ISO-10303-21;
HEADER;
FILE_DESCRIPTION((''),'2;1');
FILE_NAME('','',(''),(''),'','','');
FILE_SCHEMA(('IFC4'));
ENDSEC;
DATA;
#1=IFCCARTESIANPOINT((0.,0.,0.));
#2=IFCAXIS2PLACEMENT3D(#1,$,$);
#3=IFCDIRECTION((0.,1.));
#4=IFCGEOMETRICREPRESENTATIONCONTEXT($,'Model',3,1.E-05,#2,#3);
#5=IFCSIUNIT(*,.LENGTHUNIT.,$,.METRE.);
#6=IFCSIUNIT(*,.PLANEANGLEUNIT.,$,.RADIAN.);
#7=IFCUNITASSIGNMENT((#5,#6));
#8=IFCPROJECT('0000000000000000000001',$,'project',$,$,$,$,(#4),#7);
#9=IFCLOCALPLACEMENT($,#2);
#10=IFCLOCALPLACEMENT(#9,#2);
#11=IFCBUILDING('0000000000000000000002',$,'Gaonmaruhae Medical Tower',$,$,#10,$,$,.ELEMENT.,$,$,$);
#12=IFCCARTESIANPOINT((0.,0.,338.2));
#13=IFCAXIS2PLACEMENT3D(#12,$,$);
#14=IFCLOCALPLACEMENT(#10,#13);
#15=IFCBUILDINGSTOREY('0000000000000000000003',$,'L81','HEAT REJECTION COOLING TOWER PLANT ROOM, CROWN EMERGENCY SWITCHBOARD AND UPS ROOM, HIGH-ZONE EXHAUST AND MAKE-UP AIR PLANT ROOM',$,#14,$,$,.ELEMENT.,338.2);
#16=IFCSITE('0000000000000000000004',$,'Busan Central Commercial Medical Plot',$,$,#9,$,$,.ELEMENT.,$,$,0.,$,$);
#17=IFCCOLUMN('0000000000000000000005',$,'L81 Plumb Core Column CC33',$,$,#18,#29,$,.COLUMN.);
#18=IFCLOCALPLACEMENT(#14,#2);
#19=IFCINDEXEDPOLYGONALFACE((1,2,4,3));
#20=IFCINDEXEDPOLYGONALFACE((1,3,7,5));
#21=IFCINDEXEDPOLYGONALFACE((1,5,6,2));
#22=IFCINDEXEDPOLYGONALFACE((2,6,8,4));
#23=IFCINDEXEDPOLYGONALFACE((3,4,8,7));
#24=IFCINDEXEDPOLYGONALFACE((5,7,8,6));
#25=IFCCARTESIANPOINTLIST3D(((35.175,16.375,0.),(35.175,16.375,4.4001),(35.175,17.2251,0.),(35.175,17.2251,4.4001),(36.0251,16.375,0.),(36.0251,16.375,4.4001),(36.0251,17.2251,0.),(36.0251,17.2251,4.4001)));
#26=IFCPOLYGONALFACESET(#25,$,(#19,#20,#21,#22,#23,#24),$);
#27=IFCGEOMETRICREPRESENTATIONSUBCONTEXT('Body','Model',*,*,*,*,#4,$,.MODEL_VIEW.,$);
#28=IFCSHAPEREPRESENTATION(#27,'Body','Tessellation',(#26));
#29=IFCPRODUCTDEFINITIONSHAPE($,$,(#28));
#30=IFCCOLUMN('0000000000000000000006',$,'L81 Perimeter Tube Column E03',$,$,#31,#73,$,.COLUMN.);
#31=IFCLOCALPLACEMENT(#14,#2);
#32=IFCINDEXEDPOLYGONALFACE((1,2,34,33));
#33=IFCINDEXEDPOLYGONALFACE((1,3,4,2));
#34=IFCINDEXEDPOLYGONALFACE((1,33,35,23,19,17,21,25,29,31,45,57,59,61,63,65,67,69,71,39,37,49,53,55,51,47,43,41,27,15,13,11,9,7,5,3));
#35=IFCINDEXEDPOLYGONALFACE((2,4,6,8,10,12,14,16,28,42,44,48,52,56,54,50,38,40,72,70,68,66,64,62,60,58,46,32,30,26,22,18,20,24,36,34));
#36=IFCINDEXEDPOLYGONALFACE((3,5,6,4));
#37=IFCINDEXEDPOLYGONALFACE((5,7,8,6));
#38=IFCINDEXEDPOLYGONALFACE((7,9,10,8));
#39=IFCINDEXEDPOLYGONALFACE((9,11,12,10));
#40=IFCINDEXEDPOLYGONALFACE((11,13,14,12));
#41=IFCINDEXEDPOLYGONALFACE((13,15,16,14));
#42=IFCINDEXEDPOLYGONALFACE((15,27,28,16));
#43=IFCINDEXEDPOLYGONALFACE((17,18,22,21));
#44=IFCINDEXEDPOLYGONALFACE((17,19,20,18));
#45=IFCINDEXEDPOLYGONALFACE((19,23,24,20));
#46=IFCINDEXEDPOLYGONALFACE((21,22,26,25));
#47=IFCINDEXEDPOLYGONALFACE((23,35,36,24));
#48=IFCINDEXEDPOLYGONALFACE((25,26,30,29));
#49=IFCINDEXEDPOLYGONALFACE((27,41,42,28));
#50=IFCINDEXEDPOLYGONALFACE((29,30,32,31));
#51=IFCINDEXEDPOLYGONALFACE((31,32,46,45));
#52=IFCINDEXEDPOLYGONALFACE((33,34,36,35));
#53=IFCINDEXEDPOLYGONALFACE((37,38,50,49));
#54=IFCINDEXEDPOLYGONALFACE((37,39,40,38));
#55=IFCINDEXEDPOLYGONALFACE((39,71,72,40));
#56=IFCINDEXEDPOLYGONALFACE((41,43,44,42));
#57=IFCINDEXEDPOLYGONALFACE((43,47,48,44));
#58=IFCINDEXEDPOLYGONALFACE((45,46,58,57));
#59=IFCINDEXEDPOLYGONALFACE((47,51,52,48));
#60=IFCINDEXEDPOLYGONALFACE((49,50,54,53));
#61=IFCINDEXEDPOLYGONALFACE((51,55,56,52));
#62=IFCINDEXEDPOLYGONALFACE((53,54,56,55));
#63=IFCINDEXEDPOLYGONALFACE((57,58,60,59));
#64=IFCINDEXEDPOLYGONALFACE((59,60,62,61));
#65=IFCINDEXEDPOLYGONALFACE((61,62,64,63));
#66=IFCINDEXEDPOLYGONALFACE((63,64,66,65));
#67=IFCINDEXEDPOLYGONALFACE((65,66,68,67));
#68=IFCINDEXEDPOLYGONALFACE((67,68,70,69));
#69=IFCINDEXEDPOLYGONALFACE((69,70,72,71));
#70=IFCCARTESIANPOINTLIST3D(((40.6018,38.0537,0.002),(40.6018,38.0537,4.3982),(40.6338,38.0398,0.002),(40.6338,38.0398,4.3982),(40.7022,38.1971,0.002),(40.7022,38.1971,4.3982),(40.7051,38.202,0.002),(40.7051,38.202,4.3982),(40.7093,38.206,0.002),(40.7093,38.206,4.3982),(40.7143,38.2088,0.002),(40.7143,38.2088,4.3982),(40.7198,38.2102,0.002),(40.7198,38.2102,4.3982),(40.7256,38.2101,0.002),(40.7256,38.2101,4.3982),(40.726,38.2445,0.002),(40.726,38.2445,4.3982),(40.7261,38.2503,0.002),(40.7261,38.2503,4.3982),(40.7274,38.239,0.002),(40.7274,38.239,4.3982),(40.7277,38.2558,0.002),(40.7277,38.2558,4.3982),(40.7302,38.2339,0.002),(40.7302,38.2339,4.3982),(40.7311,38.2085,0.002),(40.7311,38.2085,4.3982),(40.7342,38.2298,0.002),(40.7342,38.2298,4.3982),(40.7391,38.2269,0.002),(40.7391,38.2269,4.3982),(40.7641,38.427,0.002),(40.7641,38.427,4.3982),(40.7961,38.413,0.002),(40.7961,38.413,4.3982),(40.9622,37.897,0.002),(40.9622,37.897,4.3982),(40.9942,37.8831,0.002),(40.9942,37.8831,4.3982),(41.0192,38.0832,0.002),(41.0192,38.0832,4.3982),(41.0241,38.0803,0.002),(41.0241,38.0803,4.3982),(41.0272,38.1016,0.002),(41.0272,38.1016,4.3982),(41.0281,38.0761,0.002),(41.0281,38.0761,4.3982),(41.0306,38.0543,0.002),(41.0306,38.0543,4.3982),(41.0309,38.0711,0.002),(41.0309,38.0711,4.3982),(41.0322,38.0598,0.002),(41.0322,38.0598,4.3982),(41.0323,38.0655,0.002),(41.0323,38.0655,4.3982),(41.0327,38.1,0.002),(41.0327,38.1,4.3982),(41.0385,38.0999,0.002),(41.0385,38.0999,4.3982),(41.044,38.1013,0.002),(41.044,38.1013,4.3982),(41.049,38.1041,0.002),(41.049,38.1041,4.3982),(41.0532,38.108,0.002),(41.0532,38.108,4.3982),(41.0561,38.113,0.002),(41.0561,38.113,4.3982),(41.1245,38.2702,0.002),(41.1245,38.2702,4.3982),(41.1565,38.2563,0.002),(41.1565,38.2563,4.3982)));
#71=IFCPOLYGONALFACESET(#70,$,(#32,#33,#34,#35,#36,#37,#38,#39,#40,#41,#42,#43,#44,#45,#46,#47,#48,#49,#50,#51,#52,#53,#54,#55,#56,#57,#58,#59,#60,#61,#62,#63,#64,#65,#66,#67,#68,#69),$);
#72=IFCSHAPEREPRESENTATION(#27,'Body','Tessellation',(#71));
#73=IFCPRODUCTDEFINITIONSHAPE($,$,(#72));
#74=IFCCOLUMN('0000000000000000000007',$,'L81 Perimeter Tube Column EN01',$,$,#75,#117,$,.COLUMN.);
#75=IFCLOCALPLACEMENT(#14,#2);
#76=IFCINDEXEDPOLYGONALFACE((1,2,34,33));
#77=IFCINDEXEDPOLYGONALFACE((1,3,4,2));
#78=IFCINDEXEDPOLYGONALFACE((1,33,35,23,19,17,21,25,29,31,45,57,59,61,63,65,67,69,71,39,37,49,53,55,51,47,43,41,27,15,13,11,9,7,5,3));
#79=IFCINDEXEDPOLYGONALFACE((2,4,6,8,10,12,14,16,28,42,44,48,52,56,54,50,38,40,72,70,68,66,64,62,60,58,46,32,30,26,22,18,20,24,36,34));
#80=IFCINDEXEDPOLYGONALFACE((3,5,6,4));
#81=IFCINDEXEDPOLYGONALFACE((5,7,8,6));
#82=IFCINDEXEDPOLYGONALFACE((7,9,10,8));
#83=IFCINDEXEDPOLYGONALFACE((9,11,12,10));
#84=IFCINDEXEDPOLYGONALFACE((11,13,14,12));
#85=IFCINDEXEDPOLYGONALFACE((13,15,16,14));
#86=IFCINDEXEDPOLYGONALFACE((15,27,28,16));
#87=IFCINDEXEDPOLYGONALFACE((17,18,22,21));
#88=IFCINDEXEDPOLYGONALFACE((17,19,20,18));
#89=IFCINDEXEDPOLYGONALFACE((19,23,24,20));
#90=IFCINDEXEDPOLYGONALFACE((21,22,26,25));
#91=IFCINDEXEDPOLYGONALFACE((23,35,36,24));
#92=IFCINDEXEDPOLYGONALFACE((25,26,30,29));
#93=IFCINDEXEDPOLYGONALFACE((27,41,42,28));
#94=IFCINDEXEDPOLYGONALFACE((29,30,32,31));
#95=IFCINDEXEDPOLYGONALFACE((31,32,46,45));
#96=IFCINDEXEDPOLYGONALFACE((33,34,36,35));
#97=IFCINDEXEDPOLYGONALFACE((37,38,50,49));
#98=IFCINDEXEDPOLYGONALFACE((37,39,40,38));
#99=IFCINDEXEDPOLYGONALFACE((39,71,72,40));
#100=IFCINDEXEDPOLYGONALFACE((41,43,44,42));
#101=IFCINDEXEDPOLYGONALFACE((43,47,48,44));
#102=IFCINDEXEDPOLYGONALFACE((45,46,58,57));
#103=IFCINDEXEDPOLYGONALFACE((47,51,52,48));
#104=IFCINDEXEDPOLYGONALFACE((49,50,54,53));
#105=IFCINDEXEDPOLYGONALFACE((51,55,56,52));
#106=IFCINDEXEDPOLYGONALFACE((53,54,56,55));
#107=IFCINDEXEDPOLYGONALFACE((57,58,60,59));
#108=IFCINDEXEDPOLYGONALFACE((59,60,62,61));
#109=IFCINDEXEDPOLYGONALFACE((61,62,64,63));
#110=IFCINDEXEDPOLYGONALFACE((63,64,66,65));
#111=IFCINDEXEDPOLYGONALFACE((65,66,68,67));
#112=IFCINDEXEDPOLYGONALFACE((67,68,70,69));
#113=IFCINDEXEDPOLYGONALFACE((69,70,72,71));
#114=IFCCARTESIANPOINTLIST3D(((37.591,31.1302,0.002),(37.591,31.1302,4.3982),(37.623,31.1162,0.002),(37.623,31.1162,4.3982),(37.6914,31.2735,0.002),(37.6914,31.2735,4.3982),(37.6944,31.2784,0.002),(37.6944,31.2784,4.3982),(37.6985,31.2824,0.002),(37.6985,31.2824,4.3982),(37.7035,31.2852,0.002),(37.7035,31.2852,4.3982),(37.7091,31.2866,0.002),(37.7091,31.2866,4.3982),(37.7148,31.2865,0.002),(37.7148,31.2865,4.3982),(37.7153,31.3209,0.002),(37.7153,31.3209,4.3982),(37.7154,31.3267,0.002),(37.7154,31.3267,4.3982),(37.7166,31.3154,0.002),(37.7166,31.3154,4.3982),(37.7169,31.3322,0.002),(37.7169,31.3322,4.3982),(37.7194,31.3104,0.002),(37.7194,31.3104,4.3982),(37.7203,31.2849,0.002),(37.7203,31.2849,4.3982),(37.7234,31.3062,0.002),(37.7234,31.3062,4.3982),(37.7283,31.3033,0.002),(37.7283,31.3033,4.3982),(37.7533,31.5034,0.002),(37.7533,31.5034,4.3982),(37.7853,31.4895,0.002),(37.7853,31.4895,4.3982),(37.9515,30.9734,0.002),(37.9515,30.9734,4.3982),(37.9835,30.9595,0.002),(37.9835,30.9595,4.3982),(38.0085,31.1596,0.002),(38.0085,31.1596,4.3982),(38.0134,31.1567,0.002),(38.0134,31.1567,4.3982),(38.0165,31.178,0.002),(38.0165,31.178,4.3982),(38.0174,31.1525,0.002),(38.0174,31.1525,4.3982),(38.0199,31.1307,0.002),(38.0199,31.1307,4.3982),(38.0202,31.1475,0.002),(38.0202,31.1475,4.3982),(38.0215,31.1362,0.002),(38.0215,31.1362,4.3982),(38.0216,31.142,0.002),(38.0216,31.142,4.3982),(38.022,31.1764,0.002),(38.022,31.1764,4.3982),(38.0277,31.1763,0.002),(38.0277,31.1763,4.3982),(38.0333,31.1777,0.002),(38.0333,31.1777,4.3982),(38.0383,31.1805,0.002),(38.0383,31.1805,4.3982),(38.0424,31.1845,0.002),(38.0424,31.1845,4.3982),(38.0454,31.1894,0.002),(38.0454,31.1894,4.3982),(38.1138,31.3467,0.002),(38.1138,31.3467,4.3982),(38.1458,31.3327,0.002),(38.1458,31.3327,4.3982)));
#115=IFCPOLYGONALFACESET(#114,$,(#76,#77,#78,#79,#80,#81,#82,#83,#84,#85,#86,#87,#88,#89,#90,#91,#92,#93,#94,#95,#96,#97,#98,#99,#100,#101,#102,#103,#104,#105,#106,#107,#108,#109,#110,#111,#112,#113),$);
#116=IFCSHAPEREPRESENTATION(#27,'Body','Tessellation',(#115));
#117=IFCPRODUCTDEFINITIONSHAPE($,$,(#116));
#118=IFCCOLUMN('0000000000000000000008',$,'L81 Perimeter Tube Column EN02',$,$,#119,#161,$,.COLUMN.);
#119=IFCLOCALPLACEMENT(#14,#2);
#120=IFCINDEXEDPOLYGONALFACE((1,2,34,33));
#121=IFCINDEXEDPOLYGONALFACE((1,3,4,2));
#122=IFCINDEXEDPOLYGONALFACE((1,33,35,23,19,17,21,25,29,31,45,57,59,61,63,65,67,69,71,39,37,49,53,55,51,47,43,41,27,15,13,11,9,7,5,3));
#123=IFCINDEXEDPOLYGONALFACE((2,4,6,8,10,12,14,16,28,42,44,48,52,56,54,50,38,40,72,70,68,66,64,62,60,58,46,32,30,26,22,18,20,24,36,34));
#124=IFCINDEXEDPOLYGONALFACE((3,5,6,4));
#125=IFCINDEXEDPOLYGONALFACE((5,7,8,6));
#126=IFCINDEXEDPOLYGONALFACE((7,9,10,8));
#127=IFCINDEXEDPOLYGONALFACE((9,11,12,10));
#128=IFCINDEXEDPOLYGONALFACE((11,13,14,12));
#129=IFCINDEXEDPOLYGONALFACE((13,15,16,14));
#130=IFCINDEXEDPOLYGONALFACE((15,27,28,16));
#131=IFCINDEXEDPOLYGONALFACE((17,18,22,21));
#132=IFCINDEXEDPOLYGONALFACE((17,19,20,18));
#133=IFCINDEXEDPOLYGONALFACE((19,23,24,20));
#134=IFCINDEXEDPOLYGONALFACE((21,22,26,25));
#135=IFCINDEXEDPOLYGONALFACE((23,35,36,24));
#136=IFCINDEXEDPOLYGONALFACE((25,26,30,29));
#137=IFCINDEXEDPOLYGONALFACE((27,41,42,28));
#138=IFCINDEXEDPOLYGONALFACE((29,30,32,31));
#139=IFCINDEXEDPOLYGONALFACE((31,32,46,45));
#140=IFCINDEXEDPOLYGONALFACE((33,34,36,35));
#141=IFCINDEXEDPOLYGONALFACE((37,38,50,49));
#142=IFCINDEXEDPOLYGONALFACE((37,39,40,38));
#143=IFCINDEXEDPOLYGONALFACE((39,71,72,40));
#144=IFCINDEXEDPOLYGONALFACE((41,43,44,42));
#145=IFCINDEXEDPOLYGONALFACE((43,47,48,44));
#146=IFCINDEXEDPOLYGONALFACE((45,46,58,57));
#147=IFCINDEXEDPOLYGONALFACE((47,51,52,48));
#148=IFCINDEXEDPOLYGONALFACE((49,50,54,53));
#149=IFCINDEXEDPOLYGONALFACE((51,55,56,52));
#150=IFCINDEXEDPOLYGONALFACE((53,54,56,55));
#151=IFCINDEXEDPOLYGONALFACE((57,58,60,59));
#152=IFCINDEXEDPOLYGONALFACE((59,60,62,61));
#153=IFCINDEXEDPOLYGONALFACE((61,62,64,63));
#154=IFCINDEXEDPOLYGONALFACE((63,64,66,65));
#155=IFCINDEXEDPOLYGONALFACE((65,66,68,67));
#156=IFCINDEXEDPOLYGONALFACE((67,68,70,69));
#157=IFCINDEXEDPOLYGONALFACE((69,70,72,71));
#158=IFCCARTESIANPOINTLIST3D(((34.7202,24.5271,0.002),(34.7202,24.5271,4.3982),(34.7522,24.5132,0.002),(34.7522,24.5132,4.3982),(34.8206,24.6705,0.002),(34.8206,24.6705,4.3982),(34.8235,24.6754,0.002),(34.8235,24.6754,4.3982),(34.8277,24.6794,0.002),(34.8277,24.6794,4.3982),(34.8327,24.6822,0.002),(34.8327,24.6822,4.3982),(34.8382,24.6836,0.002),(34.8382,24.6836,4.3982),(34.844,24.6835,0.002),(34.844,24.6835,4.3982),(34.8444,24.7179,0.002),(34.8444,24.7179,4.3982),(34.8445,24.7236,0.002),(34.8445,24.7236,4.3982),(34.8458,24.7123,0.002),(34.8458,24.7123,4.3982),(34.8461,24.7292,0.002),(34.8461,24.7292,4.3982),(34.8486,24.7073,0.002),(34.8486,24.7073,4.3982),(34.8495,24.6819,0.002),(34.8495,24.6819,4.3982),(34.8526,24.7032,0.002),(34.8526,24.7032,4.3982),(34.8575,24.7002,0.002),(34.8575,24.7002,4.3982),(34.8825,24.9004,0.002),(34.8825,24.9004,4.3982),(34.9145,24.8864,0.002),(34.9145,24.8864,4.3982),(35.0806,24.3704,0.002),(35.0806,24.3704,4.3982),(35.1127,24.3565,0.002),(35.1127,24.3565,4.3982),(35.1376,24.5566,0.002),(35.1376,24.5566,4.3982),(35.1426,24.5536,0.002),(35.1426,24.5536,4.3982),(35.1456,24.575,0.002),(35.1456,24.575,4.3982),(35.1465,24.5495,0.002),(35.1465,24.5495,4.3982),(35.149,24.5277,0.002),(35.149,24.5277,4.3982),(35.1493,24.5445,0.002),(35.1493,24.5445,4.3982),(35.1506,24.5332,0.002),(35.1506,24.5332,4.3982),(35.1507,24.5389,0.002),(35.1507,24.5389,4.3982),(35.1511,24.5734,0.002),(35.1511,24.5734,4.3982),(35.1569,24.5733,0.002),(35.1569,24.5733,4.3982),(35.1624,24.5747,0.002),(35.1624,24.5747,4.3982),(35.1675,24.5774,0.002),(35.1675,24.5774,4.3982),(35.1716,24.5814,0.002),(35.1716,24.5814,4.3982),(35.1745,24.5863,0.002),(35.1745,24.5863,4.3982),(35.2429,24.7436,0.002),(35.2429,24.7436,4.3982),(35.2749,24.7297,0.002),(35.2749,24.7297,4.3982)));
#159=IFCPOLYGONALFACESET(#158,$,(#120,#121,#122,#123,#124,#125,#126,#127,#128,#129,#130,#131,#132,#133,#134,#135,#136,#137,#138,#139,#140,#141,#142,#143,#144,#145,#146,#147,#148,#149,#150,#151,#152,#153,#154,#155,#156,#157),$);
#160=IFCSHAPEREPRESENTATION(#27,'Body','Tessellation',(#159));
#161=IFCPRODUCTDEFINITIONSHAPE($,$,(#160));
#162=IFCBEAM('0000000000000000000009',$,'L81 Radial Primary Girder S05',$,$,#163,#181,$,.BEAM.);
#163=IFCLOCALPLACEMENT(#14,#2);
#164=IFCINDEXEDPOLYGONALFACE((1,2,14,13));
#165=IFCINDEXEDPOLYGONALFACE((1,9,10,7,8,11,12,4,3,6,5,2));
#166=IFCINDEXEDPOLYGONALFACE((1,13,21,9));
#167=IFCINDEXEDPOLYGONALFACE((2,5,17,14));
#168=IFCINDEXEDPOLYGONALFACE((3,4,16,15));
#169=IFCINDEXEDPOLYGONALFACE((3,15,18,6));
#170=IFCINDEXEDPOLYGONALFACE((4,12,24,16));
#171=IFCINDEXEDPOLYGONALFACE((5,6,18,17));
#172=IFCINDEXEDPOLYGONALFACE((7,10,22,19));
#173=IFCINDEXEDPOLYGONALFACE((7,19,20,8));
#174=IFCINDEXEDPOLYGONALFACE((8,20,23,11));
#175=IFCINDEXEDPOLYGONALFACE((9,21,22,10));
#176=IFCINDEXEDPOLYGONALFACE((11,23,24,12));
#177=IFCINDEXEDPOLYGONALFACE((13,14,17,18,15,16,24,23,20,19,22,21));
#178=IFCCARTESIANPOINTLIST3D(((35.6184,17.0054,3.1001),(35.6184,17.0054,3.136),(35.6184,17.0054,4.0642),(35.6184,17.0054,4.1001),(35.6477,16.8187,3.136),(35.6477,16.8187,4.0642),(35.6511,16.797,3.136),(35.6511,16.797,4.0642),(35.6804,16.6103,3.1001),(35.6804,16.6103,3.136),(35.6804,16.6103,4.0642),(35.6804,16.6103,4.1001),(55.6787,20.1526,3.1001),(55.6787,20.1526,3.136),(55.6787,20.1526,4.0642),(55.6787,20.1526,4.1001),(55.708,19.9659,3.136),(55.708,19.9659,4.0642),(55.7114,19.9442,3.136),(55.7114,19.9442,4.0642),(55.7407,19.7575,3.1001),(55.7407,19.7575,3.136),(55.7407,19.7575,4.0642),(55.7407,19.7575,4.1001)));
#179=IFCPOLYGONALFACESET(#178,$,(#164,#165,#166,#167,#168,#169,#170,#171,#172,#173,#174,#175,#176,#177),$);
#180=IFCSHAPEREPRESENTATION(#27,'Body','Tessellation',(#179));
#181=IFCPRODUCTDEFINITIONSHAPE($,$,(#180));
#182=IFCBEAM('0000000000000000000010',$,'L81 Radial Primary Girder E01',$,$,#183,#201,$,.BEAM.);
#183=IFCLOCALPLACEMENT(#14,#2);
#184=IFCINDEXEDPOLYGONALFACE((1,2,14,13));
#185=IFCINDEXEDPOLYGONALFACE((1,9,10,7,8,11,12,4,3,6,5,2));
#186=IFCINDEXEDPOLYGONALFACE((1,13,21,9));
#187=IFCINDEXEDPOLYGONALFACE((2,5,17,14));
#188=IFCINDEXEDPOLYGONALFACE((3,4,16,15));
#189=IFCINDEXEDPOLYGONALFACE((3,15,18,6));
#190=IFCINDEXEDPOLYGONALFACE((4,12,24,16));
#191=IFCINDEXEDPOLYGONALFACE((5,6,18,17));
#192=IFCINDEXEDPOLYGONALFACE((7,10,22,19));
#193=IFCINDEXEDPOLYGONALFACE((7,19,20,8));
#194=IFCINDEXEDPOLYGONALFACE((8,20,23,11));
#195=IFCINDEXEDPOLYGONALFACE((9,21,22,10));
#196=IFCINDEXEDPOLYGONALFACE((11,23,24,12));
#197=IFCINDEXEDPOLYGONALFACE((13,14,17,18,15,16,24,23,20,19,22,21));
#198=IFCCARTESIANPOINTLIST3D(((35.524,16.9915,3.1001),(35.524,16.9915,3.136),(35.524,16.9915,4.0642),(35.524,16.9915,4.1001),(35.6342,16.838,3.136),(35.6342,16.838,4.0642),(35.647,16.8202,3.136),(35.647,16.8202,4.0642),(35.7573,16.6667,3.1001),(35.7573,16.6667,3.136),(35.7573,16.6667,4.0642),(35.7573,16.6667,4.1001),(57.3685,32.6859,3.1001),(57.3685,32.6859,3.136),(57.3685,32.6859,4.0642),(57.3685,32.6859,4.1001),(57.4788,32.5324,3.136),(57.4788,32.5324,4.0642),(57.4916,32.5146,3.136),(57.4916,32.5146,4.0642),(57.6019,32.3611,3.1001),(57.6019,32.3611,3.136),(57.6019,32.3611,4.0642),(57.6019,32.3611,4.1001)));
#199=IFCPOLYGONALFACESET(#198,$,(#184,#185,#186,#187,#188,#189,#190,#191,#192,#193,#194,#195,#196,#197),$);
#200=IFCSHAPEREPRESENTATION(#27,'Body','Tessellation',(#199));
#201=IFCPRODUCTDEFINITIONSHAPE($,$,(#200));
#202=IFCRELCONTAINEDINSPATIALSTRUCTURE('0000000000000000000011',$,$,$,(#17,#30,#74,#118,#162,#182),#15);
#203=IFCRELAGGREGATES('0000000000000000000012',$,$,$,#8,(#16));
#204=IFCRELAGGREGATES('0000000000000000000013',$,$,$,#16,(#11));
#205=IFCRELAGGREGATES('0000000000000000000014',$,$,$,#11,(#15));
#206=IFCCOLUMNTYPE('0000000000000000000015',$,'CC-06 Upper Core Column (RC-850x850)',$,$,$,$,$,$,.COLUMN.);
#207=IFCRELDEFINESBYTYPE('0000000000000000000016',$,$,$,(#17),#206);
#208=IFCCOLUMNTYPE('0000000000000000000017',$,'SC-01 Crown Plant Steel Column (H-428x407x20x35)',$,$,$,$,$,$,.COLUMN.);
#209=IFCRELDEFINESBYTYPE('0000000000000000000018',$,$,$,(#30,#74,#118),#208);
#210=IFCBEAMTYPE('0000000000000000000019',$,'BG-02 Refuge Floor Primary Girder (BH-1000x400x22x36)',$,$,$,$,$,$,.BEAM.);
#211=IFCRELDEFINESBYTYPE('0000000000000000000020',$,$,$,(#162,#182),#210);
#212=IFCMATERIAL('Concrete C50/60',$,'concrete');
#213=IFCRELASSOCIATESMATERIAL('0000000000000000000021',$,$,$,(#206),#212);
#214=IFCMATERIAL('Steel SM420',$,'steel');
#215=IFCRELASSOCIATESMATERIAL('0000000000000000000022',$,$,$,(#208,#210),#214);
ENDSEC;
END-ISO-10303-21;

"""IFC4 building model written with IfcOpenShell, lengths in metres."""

from ifc_helpers import new_model, si_unit, direction, frame, origin, origin_2d, place, context, subcontext, project, spatial, rectangle, i_section, extrude, material, material_profile, profile_set, type_object, element, save


model = new_model("IFC4")

# Units and contexts
model_context = context("Model", 3, precision=1e-05, world=origin(), true_north=direction((0.0, 1.0)))
body_context = subcontext(model_context, "Body", "Model", "MODEL_VIEW")
ifc_project = project(units=[si_unit("LENGTHUNIT", "METRE"), si_unit("PLANEANGLEUNIT", "RADIAN")], contexts=[model_context])

# Site, building, storey
site_placement = place(None, origin())
site = spatial("IfcSite", under=ifc_project, at=site_placement, Name="Busan Central Commercial Medical Plot", CompositionType="ELEMENT", RefElevation=0.0)
building_placement = place(site_placement, origin())
building = spatial("IfcBuilding", under=site, at=building_placement, Name="Gaonmaruhae Medical Tower", CompositionType="ELEMENT")
storey_placement = place(building_placement, frame((0.0, 0.0, 338.2)))
storey = spatial("IfcBuildingStorey", under=building, at=storey_placement, Name="L81", Description="HEAT REJECTION COOLING TOWER PLANT ROOM, CROWN EMERGENCY SWITCHBOARD AND UPS ROOM, HIGH-ZONE EXHAUST AND MAKE-UP AIR PLANT ROOM", CompositionType="ELEMENT", Elevation=338.2)

# Columns
ifc_material_1 = material(Name="Concrete C50/60", Category="concrete")
ifc_material_profile_1 = material_profile(ifc_material_1, rectangle(XDim=0.8501, YDim=0.8501, at=origin_2d()), Name="RC-850x850")
ifc_profile_set_1 = profile_set([ifc_material_profile_1], Name="Concrete C50/60")
column_type_1 = type_object("IfcColumnType", Name="CC-06 Upper Core Column (RC-850x850)", PredefinedType="COLUMN", material=ifc_profile_set_1)
column_placement = place(storey_placement, frame((35.6001, 16.8, 0.0), z_axis=(0.0, 0.0, 1.0), x_axis=(1.0, 0.0, 0.0)))
element("IfcColumn", 1, at=column_placement, inside=storey, type_object=column_type_1, Name="L81 Plumb Core Column CC33", PredefinedType="COLUMN", context=body_context, shape_type="SweptSolid", body=[
    extrude(rectangle(XDim=0.8501, YDim=0.8501, at=origin_2d()), origin(), (0.0, 0.0, 1.0), 4.4001),
])
ifc_material_2 = material(Name="Steel SM420", Category="steel")
ifc_material_profile_2 = material_profile(ifc_material_2, i_section(OverallWidth=0.407, OverallDepth=0.428, WebThickness=0.02, FlangeThickness=0.0349, FilletRadius=0.022, at=origin_2d()), Name="H-428x407x20x35")
ifc_profile_set_2 = profile_set([ifc_material_profile_2], Name="Steel SM420")
column_type_2 = type_object("IfcColumnType", Name="SC-01 Crown Plant Steel Column (H-428x407x20x35)", PredefinedType="COLUMN", material=ifc_profile_set_2)
for number, where, z_axis, x_axis, name in (
    (2, (40.8792, 38.155, 0.002), (0.0, 0.0, 1.0), (0.398749, 0.91706, 0.0), "L81 Perimeter Tube Column E03"),
    (3, (37.8684, 31.2314, 0.002), (0.0, 0.0, 1.0), (0.398749, 0.91706, 0.0), "L81 Perimeter Tube Column EN01"),
    (4, (34.9976, 24.6284, 0.002), (0.0, 0.0, 1.0), (0.398749, 0.91706, 0.0), "L81 Perimeter Tube Column EN02"),
):
    element("IfcColumn", number, at=place(storey_placement, frame(where, z_axis=z_axis, x_axis=x_axis)), inside=storey, type_object=column_type_2, Name=name, PredefinedType="COLUMN", context=body_context, shape_type="SweptSolid", body=[
        extrude(i_section(OverallWidth=0.407, OverallDepth=0.428, WebThickness=0.02, FlangeThickness=0.0349, FilletRadius=0.022, at=origin_2d()), origin(), (0.0, 0.0, 1.0), 4.3962),
    ])

# Beams
ifc_material_profile_3 = material_profile(ifc_material_2, i_section(OverallWidth=0.3999, OverallDepth=1.0, WebThickness=0.022, FlangeThickness=0.0359, at=origin_2d()), Name="BH-1000x400x22x36")
ifc_profile_set_3 = profile_set([ifc_material_profile_3], Name="Steel SM420")
beam_type_1 = type_object("IfcBeamType", Name="BG-02 Refuge Floor Primary Girder (BH-1000x400x22x36)", PredefinedType="BEAM", material=ifc_profile_set_3)
beam_1_placement = place(storey_placement, frame((35.6494, 16.8079, 3.6001), z_axis=(0.987916, 0.154992, 0.0), x_axis=(-0.154992, 0.987916, 0.0)))
element("IfcBeam", 5, at=beam_1_placement, inside=storey, type_object=beam_type_1, Name="L81 Radial Primary Girder S05", PredefinedType="BEAM", context=body_context, shape_type="SweptSolid", body=[
    extrude(i_section(OverallWidth=0.3999, OverallDepth=1.0, WebThickness=0.022, FlangeThickness=0.0359, at=origin_2d()), origin(), (0.0, 0.0, 1.0), 20.3057),
])
beam_2_placement = place(storey_placement, frame((35.6406, 16.8291, 3.6001), z_axis=(0.812128, 0.583479, 0.0), x_axis=(-0.583479, 0.812128, 0.0)))
element("IfcBeam", 6, at=beam_2_placement, inside=storey, type_object=beam_type_1, Name="L81 Radial Primary Girder E01", PredefinedType="BEAM", context=body_context, shape_type="SweptSolid", body=[
    extrude(i_section(OverallWidth=0.3999, OverallDepth=1.0, WebThickness=0.022, FlangeThickness=0.0359, at=origin_2d()), origin(), (0.0, 0.0, 1.0), 26.8979),
])

save(model, "model.ifc")
